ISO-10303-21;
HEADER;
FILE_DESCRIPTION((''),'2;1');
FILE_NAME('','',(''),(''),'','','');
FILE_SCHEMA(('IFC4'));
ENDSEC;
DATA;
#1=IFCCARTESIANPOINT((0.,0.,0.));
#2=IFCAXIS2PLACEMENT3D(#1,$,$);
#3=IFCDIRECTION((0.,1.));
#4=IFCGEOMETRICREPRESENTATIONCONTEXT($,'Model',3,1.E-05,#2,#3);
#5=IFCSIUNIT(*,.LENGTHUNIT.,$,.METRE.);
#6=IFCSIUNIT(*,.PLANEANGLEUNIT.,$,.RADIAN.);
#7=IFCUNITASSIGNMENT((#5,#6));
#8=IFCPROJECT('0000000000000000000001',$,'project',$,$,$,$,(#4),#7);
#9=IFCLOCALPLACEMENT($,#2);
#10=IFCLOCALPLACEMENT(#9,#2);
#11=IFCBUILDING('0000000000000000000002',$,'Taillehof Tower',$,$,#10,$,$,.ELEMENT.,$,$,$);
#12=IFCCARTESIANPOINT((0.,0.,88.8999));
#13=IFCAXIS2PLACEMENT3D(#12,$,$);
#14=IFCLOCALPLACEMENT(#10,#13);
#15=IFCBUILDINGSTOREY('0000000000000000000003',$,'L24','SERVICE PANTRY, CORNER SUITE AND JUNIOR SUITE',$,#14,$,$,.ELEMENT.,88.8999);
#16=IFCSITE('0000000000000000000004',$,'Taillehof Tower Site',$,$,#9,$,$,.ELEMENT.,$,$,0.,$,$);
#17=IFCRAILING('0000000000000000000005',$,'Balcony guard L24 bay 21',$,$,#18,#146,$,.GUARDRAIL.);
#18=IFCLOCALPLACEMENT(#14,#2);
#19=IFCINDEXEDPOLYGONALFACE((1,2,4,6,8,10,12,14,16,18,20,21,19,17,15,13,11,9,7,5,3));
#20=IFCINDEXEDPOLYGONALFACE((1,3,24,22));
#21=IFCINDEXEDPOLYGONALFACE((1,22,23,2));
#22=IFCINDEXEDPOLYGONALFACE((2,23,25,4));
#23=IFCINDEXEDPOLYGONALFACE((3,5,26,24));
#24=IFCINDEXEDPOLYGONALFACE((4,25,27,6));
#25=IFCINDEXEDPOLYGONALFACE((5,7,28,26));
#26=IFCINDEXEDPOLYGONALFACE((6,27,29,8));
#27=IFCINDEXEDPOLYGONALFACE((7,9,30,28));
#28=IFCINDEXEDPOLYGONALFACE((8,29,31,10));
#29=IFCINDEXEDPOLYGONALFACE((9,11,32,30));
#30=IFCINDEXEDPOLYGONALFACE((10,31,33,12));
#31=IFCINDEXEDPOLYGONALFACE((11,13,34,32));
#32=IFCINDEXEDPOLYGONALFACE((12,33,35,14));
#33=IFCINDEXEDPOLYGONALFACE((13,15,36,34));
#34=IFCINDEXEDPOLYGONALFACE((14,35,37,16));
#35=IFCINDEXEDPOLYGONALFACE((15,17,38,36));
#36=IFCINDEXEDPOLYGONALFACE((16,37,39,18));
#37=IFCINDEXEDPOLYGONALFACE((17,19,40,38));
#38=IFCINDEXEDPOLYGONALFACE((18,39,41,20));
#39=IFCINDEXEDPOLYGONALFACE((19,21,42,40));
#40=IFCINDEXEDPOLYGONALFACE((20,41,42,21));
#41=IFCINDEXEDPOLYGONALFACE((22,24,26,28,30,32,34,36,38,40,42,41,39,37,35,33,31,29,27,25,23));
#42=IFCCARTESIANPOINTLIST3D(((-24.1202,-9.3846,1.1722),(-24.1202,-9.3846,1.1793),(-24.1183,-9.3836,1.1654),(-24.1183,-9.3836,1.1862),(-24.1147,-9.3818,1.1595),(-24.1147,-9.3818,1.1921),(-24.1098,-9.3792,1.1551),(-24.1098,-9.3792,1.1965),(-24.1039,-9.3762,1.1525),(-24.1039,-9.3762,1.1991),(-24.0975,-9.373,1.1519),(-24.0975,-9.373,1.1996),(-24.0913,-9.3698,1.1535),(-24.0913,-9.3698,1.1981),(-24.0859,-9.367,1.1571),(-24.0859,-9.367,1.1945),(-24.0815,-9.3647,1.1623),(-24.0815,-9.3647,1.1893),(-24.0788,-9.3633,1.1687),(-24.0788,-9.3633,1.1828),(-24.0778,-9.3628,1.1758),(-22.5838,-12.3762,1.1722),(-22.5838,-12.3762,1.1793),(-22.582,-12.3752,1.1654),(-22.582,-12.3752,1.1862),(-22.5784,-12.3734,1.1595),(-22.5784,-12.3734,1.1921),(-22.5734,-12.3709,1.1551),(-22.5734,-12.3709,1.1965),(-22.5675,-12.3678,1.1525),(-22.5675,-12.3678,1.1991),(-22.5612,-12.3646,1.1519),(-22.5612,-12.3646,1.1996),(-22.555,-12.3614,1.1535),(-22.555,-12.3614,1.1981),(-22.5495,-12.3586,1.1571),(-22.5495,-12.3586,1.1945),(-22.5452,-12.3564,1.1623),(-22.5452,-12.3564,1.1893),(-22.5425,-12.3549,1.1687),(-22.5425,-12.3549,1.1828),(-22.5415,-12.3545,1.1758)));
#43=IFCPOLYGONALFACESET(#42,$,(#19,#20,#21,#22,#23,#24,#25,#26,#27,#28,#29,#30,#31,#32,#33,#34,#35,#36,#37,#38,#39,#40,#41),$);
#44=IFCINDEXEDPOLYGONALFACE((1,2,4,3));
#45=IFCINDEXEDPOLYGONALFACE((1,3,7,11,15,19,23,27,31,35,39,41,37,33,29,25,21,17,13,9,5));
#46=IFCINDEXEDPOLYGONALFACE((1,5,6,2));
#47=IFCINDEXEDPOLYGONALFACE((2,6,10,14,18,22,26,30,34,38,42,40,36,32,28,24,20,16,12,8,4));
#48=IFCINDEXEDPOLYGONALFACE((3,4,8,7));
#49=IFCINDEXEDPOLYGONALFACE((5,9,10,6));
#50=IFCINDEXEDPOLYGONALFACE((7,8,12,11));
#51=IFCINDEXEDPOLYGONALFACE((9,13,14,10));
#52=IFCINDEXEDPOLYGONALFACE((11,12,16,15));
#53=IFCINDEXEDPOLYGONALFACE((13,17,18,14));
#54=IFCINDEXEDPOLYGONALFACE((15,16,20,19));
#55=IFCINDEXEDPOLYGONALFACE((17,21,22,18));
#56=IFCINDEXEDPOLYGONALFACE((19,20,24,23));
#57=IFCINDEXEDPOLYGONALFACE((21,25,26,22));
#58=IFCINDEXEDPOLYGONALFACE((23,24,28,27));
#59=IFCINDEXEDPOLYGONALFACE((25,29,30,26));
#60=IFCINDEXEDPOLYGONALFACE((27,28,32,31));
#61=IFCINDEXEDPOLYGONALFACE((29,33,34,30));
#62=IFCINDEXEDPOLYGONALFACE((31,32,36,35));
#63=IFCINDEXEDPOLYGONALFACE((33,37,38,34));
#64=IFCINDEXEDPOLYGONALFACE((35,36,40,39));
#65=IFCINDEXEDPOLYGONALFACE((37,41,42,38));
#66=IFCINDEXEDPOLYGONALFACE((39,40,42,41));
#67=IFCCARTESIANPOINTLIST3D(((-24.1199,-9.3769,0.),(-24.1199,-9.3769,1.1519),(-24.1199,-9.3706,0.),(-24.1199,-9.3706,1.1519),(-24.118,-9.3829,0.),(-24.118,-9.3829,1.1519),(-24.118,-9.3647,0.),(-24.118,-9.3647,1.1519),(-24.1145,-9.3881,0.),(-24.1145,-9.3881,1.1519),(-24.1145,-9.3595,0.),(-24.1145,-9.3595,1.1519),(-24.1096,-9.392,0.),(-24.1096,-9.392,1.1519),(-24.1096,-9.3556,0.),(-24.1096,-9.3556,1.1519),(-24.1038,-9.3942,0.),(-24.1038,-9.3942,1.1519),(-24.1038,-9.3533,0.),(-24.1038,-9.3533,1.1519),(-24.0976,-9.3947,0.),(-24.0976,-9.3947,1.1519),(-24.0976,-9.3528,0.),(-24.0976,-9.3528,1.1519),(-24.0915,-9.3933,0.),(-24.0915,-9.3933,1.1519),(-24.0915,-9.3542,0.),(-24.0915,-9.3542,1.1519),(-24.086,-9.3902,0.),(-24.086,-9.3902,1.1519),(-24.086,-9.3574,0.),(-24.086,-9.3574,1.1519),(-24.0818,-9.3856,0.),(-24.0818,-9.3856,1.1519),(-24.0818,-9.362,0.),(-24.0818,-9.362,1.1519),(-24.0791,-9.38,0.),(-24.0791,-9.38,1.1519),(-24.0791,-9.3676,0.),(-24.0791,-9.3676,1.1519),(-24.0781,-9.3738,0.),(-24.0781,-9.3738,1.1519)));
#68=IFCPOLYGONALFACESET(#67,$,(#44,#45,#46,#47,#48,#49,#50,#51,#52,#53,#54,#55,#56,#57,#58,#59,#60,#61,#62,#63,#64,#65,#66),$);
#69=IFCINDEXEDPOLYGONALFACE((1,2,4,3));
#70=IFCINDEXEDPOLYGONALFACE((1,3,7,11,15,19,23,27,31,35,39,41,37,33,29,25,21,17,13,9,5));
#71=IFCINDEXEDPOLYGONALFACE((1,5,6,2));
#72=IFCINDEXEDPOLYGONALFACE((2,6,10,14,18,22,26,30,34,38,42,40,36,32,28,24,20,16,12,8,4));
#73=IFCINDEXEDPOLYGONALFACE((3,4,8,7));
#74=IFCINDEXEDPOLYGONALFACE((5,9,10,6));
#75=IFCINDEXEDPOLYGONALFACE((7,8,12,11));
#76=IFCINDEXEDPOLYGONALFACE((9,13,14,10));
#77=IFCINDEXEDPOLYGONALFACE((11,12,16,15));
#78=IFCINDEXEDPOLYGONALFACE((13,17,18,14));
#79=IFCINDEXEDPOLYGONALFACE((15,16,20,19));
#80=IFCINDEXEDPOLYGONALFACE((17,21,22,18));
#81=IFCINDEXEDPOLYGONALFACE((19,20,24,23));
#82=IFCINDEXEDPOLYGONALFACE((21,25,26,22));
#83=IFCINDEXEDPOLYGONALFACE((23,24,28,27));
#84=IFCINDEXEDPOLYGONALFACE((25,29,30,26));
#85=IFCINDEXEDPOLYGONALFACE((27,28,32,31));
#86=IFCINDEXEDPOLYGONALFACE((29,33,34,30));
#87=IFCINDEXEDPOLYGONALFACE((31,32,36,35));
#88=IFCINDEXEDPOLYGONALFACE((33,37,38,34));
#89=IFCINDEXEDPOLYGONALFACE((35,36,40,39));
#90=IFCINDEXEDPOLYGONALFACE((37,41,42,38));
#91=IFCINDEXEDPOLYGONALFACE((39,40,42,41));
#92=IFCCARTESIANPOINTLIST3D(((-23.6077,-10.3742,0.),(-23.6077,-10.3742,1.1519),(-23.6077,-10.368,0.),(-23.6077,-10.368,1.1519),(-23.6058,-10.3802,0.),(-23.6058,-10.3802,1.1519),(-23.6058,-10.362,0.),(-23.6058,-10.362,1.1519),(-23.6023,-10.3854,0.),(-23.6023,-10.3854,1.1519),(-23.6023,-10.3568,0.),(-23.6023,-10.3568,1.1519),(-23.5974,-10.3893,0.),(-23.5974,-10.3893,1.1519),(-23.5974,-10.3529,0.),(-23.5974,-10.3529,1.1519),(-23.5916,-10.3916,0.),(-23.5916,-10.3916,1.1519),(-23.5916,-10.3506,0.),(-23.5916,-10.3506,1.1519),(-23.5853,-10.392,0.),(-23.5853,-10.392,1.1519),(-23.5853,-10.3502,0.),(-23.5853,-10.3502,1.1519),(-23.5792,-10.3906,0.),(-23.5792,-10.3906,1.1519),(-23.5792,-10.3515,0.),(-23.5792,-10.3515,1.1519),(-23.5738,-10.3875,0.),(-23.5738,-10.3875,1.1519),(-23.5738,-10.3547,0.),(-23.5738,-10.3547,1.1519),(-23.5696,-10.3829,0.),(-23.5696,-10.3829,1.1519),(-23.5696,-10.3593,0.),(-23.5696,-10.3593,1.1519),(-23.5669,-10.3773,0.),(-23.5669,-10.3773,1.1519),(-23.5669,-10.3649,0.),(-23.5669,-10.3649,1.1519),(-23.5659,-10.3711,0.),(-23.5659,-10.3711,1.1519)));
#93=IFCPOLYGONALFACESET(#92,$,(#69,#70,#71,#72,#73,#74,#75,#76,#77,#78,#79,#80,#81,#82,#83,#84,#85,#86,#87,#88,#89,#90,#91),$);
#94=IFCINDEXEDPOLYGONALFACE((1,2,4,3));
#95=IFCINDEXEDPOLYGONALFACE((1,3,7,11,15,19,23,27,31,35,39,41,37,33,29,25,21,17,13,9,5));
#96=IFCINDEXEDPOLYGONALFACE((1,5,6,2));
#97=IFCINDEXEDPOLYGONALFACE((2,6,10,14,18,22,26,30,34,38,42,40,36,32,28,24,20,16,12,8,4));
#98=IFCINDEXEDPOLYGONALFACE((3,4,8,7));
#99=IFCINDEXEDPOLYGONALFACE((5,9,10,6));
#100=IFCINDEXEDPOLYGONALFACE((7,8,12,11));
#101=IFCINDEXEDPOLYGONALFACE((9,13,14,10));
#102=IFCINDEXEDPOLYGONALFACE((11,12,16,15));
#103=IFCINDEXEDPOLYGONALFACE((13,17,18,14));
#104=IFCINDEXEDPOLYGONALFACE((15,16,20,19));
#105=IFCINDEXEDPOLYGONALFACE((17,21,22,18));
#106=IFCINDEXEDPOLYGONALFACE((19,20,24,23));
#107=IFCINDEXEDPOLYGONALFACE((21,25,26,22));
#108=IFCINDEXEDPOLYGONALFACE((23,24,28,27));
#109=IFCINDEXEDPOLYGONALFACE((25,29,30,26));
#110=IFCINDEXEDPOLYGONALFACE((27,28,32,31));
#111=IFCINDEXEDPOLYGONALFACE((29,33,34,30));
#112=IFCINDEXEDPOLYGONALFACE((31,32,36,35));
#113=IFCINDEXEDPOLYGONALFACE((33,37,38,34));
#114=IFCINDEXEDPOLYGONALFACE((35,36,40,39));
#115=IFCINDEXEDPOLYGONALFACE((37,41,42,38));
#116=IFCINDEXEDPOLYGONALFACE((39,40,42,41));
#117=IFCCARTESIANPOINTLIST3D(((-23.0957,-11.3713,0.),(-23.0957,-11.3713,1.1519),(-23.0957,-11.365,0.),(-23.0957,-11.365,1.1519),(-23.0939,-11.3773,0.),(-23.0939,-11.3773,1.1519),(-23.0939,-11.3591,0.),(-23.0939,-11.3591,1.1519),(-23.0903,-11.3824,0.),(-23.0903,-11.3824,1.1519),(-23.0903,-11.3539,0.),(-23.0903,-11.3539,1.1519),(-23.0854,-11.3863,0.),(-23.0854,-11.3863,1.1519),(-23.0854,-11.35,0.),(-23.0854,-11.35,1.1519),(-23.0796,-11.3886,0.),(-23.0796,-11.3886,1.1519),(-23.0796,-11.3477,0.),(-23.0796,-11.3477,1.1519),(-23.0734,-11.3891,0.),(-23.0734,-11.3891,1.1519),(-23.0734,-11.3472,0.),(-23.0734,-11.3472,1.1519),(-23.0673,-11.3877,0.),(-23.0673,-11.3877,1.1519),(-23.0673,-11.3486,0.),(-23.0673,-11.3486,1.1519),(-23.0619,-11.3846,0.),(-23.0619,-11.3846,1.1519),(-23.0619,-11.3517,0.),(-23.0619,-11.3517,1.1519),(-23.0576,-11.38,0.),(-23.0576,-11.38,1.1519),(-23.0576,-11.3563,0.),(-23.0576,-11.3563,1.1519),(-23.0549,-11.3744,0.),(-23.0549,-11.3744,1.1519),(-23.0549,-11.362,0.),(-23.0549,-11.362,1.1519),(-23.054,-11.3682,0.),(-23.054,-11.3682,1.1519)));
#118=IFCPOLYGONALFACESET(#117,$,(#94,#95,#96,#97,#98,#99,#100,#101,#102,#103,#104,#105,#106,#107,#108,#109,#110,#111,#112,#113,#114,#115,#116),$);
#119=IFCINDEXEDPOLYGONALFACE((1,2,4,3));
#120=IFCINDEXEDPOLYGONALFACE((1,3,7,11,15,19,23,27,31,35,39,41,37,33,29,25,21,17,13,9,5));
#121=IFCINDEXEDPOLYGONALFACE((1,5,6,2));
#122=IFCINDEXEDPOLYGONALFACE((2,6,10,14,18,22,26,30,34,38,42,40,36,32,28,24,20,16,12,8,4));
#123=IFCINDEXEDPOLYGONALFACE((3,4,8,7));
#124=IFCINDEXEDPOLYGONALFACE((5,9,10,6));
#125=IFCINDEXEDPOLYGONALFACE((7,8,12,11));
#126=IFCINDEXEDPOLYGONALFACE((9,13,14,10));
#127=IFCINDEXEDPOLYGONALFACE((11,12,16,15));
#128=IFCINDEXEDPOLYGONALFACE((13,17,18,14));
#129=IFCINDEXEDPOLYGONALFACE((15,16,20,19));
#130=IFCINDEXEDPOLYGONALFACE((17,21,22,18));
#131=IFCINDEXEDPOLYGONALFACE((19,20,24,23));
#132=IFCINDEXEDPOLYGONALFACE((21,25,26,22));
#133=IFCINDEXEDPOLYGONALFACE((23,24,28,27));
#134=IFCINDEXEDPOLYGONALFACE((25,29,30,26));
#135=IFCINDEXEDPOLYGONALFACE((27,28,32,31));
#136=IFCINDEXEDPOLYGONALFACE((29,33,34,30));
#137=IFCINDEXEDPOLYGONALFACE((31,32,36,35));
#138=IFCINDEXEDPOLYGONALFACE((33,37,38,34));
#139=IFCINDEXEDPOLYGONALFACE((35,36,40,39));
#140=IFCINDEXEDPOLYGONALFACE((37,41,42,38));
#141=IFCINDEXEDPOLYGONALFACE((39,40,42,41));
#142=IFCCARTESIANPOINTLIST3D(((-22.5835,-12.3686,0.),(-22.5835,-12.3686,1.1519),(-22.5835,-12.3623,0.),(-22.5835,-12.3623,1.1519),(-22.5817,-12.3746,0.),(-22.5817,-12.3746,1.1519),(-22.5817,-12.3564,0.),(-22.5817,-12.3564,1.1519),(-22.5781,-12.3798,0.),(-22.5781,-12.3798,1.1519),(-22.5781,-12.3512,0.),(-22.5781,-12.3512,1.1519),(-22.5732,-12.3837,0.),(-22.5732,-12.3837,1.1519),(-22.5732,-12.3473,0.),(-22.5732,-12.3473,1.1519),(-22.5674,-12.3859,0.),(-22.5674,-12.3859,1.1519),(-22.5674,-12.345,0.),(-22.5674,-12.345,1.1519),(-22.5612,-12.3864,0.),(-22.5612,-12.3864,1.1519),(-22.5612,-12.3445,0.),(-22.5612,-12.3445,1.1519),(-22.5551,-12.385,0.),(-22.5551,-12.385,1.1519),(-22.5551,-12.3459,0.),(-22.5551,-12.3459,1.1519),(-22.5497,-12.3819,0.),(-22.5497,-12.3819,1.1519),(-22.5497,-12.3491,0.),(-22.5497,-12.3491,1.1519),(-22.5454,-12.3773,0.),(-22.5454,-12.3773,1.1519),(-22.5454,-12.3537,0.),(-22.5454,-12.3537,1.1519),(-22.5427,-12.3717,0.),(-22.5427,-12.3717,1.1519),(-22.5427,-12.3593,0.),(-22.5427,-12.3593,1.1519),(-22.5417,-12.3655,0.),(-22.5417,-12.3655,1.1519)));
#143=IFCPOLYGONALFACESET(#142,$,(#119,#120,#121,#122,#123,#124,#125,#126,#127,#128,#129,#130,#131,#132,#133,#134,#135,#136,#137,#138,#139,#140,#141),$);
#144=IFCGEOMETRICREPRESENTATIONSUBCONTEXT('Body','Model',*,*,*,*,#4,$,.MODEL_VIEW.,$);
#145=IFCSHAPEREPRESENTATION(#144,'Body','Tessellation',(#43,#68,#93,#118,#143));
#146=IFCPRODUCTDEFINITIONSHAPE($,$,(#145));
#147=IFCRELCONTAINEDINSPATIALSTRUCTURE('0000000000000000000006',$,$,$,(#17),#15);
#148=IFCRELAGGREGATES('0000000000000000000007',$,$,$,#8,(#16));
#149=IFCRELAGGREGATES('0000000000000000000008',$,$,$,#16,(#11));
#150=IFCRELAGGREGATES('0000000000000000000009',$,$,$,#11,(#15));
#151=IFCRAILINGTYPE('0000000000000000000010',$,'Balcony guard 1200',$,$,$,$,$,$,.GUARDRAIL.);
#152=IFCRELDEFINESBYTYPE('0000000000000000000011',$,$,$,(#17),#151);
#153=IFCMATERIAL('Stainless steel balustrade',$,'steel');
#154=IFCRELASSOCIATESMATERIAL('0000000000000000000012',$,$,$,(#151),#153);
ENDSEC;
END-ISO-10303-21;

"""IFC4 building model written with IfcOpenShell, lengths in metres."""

from ifc_helpers import new_model, si_unit, direction, frame, origin, origin_2d, place, context, subcontext, project, spatial, circle, extrude, material, type_object, element, save


model = new_model("IFC4")

# Units and contexts
model_context = context("Model", 3, precision=1e-05, world=origin(), true_north=direction((0.0, 1.0)))
body_context = subcontext(model_context, "Body", "Model", "MODEL_VIEW")
ifc_project = project(units=[si_unit("LENGTHUNIT", "METRE"), si_unit("PLANEANGLEUNIT", "RADIAN")], contexts=[model_context])

# Site, building, storey
site_placement = place(None, origin())
site = spatial("IfcSite", under=ifc_project, at=site_placement, Name="Taillehof Tower Site", CompositionType="ELEMENT", RefElevation=0.0)
building_placement = place(site_placement, origin())
building = spatial("IfcBuilding", under=site, at=building_placement, Name="Taillehof Tower", CompositionType="ELEMENT")
storey_placement = place(building_placement, frame((0.0, 0.0, 88.8999)))
storey = spatial("IfcBuildingStorey", under=building, at=storey_placement, Name="L24", Description="SERVICE PANTRY, CORNER SUITE AND JUNIOR SUITE", CompositionType="ELEMENT", Elevation=88.8999)

# Railing
ifc_material_1 = material(Name="Stainless steel balustrade", Category="steel")
railing_type_1 = type_object("IfcRailingType", Name="Balcony guard 1200", PredefinedType="GUARDRAIL", material=ifc_material_1)
railing_1_placement = place(storey_placement, frame((-24.0991, -9.3738, 0.0)))
element("IfcRailing", 1, at=railing_1_placement, inside=storey, type_object=railing_type_1, Name="Balcony guard L24 bay 21", PredefinedType="GUARDRAIL", context=body_context, shape_type="SweptSolid", body=[
    extrude(circle(Radius=0.0239, at=origin_2d()), frame((0.0, 0.0, 1.1758), z_axis=(0.456828, -0.889555, 0.0), x_axis=(0.889555, 0.456828, 0.0)), (0.0, 0.0, 1.0), 3.363),
    extrude(circle(Radius=0.021, at=origin_2d()), origin(), (0.0, 0.0, 1.0), 1.1519),
    extrude(circle(Radius=0.021, at=origin_2d()), frame((0.5122, -0.9973, 0.0)), (0.0, 0.0, 1.0), 1.1519),
    extrude(circle(Radius=0.021, at=origin_2d()), frame((1.0242, -1.9944, 0.0)), (0.0, 0.0, 1.0), 1.1519),
    extrude(circle(Radius=0.021, at=origin_2d()), frame((1.5364, -2.9917, 0.0)), (0.0, 0.0, 1.0), 1.1519),
])

save(model, "model.ifc")
